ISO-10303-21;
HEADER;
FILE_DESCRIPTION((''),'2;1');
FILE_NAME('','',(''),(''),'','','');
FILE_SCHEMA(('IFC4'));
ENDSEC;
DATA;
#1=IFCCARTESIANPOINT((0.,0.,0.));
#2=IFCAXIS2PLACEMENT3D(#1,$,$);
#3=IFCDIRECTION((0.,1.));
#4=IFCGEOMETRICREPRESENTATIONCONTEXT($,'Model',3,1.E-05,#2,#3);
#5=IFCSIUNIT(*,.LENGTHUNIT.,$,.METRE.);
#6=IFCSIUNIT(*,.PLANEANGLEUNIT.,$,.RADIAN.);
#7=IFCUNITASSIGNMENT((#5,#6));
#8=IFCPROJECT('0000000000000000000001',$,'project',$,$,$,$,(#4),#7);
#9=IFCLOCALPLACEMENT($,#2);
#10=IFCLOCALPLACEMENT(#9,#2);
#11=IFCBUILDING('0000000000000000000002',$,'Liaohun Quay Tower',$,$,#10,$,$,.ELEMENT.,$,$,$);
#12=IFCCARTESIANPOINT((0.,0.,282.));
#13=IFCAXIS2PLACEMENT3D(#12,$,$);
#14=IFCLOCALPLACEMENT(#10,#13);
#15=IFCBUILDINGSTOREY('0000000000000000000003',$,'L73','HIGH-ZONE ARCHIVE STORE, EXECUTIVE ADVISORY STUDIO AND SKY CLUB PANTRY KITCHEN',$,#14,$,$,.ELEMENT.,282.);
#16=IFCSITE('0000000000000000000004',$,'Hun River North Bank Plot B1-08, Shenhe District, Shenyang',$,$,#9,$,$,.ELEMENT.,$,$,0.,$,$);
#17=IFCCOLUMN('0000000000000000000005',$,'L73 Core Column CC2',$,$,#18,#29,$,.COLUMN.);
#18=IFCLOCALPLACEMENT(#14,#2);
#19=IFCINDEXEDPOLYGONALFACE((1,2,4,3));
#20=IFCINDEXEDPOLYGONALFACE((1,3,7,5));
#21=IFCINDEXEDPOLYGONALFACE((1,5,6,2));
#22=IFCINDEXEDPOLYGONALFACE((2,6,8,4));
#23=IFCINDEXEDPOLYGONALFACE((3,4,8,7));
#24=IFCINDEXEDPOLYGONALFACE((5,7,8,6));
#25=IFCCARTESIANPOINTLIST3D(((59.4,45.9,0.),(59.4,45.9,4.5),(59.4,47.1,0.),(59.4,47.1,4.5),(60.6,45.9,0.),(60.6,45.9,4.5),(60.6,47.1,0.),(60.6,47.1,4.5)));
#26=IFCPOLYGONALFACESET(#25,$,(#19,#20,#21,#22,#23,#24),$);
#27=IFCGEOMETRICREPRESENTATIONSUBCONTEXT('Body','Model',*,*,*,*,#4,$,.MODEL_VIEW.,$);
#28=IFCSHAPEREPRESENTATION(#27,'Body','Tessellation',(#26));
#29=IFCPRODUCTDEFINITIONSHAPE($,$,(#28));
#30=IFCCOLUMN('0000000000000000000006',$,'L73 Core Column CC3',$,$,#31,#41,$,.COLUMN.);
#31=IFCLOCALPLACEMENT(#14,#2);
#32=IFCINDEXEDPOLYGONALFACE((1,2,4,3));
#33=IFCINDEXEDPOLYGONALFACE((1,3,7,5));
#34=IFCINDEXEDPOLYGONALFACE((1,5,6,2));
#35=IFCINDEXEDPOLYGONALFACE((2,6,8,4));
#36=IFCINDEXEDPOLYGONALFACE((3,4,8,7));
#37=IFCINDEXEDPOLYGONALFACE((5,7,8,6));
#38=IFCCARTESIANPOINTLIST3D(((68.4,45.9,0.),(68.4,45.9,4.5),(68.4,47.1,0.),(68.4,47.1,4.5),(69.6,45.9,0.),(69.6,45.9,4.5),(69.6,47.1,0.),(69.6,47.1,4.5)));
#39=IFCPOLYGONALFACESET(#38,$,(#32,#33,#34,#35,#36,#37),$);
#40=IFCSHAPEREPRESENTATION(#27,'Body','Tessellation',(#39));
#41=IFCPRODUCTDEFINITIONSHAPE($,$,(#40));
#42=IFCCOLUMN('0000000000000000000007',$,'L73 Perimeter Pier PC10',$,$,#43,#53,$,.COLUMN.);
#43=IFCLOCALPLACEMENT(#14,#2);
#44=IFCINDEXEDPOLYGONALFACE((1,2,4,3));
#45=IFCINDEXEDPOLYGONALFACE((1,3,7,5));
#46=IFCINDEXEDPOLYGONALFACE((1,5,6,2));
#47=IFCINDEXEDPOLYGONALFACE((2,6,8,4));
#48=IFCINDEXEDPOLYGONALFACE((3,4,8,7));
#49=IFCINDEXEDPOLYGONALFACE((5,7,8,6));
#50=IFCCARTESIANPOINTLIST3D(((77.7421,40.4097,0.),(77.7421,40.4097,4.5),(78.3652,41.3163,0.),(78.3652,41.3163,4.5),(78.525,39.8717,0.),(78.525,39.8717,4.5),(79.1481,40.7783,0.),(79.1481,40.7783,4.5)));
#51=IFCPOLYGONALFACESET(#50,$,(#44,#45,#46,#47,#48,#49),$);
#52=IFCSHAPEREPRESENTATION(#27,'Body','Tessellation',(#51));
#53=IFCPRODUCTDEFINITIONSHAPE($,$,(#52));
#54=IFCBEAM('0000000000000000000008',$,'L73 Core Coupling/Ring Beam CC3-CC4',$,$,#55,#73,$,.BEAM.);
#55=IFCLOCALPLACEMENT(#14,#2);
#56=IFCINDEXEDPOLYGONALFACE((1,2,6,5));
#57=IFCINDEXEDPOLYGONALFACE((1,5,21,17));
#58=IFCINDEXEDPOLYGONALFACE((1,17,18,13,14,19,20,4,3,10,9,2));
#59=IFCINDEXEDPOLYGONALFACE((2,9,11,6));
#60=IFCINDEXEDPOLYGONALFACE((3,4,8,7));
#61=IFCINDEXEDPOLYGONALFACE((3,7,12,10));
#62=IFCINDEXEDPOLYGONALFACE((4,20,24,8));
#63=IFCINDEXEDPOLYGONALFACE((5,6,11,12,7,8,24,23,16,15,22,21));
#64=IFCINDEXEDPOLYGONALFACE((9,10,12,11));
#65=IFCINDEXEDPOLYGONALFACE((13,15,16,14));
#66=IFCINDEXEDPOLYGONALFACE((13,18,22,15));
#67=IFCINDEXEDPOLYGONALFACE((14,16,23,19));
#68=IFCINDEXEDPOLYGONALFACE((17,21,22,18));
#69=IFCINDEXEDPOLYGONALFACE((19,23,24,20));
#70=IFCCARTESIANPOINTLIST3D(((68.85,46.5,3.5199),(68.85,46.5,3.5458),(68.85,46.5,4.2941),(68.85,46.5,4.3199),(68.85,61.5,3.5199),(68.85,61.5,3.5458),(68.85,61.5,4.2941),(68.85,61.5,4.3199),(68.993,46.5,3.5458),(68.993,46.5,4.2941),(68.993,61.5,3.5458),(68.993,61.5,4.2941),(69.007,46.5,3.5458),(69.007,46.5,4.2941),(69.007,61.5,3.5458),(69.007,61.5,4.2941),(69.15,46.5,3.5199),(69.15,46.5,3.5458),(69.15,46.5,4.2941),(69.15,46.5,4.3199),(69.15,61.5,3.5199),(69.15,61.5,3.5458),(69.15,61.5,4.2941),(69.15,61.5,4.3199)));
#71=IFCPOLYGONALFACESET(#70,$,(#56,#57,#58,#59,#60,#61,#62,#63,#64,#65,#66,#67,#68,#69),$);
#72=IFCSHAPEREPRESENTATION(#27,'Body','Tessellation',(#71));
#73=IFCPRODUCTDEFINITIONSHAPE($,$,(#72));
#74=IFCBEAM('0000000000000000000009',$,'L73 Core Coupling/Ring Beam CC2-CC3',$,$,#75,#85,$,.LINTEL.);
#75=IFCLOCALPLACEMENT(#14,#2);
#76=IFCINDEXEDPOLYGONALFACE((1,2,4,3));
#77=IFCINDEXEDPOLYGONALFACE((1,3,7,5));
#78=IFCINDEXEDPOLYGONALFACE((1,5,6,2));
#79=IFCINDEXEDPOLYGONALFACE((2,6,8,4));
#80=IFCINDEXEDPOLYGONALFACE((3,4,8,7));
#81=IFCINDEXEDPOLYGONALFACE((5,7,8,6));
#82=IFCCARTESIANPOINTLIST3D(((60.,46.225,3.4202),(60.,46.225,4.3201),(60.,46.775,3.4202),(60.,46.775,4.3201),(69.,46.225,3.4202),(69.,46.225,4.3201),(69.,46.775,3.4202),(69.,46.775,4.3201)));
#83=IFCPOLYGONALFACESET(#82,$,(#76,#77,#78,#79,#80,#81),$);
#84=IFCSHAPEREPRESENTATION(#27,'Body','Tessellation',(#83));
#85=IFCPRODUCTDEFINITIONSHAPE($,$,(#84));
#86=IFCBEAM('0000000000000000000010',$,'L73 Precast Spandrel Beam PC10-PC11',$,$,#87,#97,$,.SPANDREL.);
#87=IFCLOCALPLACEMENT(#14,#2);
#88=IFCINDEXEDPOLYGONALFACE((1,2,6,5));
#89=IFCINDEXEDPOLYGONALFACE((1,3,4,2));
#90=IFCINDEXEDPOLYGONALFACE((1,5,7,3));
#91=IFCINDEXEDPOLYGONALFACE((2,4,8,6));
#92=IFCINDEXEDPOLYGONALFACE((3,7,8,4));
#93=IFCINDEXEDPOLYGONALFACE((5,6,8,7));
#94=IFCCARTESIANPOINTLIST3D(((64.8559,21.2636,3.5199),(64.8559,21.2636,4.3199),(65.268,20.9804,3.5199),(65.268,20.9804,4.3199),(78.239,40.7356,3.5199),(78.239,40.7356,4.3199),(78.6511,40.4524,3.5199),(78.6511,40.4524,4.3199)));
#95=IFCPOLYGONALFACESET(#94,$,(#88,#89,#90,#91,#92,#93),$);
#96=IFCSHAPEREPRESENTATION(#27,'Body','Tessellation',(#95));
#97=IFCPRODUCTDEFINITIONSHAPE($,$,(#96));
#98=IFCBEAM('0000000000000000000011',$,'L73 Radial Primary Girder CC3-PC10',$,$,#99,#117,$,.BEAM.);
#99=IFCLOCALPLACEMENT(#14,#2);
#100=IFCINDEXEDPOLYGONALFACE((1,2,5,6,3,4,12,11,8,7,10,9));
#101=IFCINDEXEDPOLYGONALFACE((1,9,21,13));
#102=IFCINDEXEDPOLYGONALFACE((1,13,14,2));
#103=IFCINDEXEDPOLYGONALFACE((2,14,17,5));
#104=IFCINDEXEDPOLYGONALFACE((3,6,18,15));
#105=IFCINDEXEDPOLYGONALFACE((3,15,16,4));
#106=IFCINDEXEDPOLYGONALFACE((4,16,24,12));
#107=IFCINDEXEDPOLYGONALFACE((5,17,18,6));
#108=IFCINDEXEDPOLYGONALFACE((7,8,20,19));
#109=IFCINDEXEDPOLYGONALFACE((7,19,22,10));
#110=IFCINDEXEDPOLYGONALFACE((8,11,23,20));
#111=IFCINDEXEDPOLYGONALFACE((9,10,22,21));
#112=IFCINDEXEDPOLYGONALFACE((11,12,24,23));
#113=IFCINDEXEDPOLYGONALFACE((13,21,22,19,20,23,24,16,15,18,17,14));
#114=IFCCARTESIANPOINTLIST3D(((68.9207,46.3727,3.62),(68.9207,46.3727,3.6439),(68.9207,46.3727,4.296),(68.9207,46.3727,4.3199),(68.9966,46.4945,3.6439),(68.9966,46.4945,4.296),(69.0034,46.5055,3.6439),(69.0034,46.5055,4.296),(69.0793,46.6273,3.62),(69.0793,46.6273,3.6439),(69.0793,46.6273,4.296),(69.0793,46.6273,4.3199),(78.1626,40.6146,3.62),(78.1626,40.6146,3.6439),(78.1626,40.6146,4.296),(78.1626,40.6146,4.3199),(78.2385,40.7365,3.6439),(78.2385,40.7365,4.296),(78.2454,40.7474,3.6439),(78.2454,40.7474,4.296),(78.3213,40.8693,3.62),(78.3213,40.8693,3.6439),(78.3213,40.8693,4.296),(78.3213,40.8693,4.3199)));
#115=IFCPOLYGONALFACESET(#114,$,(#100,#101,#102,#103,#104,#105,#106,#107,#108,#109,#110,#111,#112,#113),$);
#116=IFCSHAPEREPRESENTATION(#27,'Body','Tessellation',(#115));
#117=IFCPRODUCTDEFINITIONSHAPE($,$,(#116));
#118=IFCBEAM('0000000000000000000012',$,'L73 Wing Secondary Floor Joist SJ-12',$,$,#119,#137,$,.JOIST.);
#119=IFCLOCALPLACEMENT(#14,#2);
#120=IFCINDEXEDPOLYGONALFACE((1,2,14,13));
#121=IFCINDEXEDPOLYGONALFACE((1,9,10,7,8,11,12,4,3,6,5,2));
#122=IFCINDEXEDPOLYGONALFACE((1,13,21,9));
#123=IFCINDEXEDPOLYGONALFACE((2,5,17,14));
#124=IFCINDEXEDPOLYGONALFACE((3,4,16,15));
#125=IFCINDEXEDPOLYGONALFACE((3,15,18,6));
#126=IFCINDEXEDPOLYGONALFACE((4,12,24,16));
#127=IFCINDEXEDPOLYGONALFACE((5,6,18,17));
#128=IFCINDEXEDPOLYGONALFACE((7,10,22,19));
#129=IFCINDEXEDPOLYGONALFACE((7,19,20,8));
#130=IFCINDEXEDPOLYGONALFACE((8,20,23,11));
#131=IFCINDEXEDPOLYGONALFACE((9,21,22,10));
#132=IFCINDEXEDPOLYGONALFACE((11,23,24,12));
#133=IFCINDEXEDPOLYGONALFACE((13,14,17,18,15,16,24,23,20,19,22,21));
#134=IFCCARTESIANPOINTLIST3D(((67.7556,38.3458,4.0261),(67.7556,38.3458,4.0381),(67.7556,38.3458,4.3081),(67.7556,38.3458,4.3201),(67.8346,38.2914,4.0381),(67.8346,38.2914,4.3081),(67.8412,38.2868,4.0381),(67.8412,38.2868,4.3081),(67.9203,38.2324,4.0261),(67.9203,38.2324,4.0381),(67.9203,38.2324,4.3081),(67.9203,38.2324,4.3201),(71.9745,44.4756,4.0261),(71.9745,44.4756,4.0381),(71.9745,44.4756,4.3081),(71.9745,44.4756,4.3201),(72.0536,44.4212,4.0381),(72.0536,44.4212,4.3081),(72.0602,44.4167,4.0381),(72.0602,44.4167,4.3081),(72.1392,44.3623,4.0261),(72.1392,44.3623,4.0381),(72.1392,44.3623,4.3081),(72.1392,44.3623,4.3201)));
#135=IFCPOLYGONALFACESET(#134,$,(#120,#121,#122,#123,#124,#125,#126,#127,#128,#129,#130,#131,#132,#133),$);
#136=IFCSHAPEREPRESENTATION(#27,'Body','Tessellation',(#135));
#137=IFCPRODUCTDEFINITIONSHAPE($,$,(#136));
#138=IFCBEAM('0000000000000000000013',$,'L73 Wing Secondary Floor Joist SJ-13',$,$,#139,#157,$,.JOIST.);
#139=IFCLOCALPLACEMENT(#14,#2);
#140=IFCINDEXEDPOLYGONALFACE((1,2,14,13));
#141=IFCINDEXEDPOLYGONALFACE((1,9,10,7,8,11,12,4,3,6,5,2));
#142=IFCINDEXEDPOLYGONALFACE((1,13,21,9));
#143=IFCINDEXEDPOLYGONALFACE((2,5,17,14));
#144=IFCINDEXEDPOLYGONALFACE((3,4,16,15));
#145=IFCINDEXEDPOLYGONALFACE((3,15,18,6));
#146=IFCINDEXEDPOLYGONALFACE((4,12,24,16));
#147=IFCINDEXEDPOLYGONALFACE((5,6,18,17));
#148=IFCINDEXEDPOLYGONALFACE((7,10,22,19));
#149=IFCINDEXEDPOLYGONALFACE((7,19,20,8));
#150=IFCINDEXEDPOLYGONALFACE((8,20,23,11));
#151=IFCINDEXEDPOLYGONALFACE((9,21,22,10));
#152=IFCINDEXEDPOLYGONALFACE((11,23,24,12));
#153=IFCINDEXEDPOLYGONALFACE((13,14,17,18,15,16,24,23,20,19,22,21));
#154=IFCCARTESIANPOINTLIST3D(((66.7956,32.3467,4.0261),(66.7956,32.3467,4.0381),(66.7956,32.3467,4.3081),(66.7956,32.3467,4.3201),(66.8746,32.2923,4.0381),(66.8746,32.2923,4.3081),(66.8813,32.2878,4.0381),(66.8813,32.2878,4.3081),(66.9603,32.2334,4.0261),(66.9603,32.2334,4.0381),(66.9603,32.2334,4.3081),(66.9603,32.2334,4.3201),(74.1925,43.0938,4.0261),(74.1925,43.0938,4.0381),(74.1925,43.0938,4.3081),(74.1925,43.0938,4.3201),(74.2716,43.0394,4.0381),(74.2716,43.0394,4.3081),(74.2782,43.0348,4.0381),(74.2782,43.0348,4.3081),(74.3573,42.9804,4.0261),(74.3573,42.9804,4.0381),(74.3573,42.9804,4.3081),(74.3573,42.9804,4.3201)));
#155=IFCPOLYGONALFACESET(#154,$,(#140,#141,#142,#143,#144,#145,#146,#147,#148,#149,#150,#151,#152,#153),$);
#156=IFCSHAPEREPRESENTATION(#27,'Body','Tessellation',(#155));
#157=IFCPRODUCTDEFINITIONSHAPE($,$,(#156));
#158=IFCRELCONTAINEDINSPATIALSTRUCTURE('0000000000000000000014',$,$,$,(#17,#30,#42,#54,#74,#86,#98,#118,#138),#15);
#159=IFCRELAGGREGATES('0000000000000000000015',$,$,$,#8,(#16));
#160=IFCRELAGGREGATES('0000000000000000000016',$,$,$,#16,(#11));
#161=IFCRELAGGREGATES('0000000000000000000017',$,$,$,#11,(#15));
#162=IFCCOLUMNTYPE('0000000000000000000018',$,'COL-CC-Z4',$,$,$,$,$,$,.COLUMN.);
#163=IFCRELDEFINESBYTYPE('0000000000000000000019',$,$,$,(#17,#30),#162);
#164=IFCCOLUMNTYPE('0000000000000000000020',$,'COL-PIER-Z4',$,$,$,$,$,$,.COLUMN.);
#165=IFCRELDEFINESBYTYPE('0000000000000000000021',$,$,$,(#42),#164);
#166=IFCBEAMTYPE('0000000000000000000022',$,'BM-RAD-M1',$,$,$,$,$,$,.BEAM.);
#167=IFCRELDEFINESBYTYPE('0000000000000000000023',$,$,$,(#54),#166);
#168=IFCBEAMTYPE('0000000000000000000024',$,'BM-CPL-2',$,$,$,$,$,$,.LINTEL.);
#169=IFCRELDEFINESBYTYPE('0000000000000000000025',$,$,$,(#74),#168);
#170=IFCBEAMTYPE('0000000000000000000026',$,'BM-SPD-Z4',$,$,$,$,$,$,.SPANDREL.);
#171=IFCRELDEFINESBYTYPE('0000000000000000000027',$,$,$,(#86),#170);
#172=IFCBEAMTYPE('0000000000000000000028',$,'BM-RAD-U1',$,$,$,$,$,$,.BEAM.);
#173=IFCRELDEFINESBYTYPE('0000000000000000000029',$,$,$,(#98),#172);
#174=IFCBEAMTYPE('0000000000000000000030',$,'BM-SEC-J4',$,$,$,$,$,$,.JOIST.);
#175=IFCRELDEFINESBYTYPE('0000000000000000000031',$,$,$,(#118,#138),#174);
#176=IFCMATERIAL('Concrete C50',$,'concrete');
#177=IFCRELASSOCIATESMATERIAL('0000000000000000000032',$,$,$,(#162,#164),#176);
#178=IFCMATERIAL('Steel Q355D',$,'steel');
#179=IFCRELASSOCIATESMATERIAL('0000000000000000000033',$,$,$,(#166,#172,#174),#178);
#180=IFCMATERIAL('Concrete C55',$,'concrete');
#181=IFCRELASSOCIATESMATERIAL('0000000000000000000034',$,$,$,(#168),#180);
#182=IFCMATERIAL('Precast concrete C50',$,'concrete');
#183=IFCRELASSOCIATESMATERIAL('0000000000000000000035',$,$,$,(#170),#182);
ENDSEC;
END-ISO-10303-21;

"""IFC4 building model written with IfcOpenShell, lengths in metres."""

from ifc_helpers import new_model, si_unit, direction, frame, origin, origin_2d, place, context, subcontext, project, spatial, rectangle, i_section, extrude, source, transform, mapped, material, material_profile, profile_set, type_object, element, save


model = new_model("IFC4")

# Units and contexts
model_context = context("Model", 3, precision=1e-05, world=origin(), true_north=direction((0.0, 1.0)))
body_context = subcontext(model_context, "Body", "Model", "MODEL_VIEW")
ifc_project = project(units=[si_unit("LENGTHUNIT", "METRE"), si_unit("PLANEANGLEUNIT", "RADIAN")], contexts=[model_context])

# Site, building, storey
site_placement = place(None, origin())
site = spatial("IfcSite", under=ifc_project, at=site_placement, Name="Hun River North Bank Plot B1-08, Shenhe District, Shenyang", CompositionType="ELEMENT", RefElevation=0.0)
building_placement = place(site_placement, origin())
building = spatial("IfcBuilding", under=site, at=building_placement, Name="Liaohun Quay Tower", CompositionType="ELEMENT")
storey_placement = place(building_placement, frame((0.0, 0.0, 282.0)))
storey = spatial("IfcBuildingStorey", under=building, at=storey_placement, Name="L73", Description="HIGH-ZONE ARCHIVE STORE, EXECUTIVE ADVISORY STUDIO AND SKY CLUB PANTRY KITCHEN", CompositionType="ELEMENT", Elevation=282.0)

# Columns
ifc_material_1 = material(Name="Concrete C50", Category="concrete")
ifc_material_profile_1 = material_profile(ifc_material_1, rectangle(XDim=1.2, YDim=1.2, at=origin_2d()), Name="RC1200x1200")
ifc_profile_set_1 = profile_set([ifc_material_profile_1], Name="Concrete C50")
column_type_1 = type_object("IfcColumnType", Name="COL-CC-Z4", PredefinedType="COLUMN", material=ifc_profile_set_1)
shared_shape_1 = source(origin(), body_context, "Body", "SweptSolid", [
    extrude(rectangle(XDim=1.2, YDim=1.2, at=origin_2d()), origin(), (0.0, 0.0, 1.0), 4.5),
])
for number, where, z_axis, x_axis, name in (
    (1, (60.0, 46.5, 0.0), (0.0, 0.0, 1.0), (1.0, 0.0, 0.0), "L73 Core Column CC2"),
    (2, (69.0, 46.5, 0.0), (0.0, 0.0, 1.0), (1.0, 0.0, 0.0), "L73 Core Column CC3"),
):
    element("IfcColumn", number, at=place(storey_placement, frame(where, z_axis=z_axis, x_axis=x_axis)), inside=storey, type_object=column_type_1, Name=name, PredefinedType="COLUMN", context=body_context, shape_type="MappedRepresentation", body=[
        mapped(shared_shape_1, transform((0.0, 0.0, 0.0), x_axis=(1.0, 0.0, 0.0), y_axis=(0.0, 1.0, 0.0), z_axis=(0.0, 0.0, 1.0), scale=1.0)),
    ])
ifc_material_profile_2 = material_profile(ifc_material_1, rectangle(XDim=1.1001, YDim=0.95, at=origin_2d()), Name="RC1100x950")
ifc_profile_set_2 = profile_set([ifc_material_profile_2], Name="Concrete C50")
column_type_2 = type_object("IfcColumnType", Name="COL-PIER-Z4", PredefinedType="COLUMN", material=ifc_profile_set_2)
shared_shape_2 = source(origin(), body_context, "Body", "SweptSolid", [
    extrude(rectangle(XDim=1.1001, YDim=0.95, at=origin_2d()), origin(), (0.0, 0.0, 1.0), 4.5),
])
column_placement = place(storey_placement, frame((78.4451, 40.594, 0.0), z_axis=(0.0, 0.0, 1.0), x_axis=(0.566406, 0.824126, 0.0)))
element("IfcColumn", 3, at=column_placement, inside=storey, type_object=column_type_2, Name="L73 Perimeter Pier PC10", PredefinedType="COLUMN", context=body_context, shape_type="MappedRepresentation", body=[
    mapped(shared_shape_2, transform((0.0, 0.0, 0.0), x_axis=(1.0, 0.0, 0.0), y_axis=(0.0, 1.0, 0.0), z_axis=(0.0, 0.0, 1.0), scale=1.0)),
])

# Beams
ifc_material_2 = material(Name="Steel Q355D", Category="steel")
ifc_material_profile_3 = material_profile(ifc_material_2, i_section(OverallWidth=0.3, OverallDepth=0.8, WebThickness=0.0139, FlangeThickness=0.0259, at=origin_2d()), Name="HN800x300x14x26")
ifc_profile_set_3 = profile_set([ifc_material_profile_3], Name="Steel Q355D")
beam_type_1 = type_object("IfcBeamType", Name="BM-RAD-M1", PredefinedType="BEAM", material=ifc_profile_set_3)
shared_shape_3 = source(origin(), body_context, "Body", "SweptSolid", [
    extrude(i_section(OverallWidth=0.3, OverallDepth=0.8, WebThickness=0.0139, FlangeThickness=0.0259, at=origin_2d()), origin(), (0.0, 0.0, 1.0), 15.0),
])
beam_1_placement = place(storey_placement, frame((69.0, 46.5, 3.9199), z_axis=(0.0, 1.0, 0.0), x_axis=(-1.0, 0.0, 0.0)))
element("IfcBeam", 4, at=beam_1_placement, inside=storey, type_object=beam_type_1, Name="L73 Core Coupling/Ring Beam CC3-CC4", PredefinedType="BEAM", context=body_context, shape_type="MappedRepresentation", body=[
    mapped(shared_shape_3, transform((0.0, 0.0, 0.0), x_axis=(1.0, 0.0, 0.0), y_axis=(0.0, 1.0, 0.0), z_axis=(0.0, 0.0, 1.0), scale=1.0)),
])
ifc_material_3 = material(Name="Concrete C55", Category="concrete")
ifc_material_profile_4 = material_profile(ifc_material_3, rectangle(XDim=0.55, YDim=0.8999, at=origin_2d()), Name="RC550x900")
ifc_profile_set_4 = profile_set([ifc_material_profile_4], Name="Concrete C55")
beam_type_2 = type_object("IfcBeamType", Name="BM-CPL-2", PredefinedType="LINTEL", material=ifc_profile_set_4)
shared_shape_4 = source(origin(), body_context, "Body", "SweptSolid", [
    extrude(rectangle(XDim=0.55, YDim=0.8999, at=origin_2d()), origin(), (0.0, 0.0, 1.0), 9.0),
])
beam_2_placement = place(storey_placement, frame((60.0, 46.5, 3.8701), z_axis=(1.0, 0.0, 0.0), x_axis=(0.0, 1.0, 0.0)))
element("IfcBeam", 5, at=beam_2_placement, inside=storey, type_object=beam_type_2, Name="L73 Core Coupling/Ring Beam CC2-CC3", PredefinedType="LINTEL", context=body_context, shape_type="MappedRepresentation", body=[
    mapped(shared_shape_4, transform((0.0, 0.0, 0.0), x_axis=(1.0, 0.0, 0.0), y_axis=(0.0, 1.0, 0.0), z_axis=(0.0, 0.0, 1.0), scale=1.0)),
])
ifc_material_4 = material(Name="Precast concrete C50", Category="concrete")
ifc_material_profile_5 = material_profile(ifc_material_4, rectangle(XDim=0.5, YDim=0.8, at=origin_2d()), Name="RC500x800")
ifc_profile_set_5 = profile_set([ifc_material_profile_5], Name="Precast concrete C50")
beam_type_3 = type_object("IfcBeamType", Name="BM-SPD-Z4", PredefinedType="SPANDREL", material=ifc_profile_set_5)
shared_shape_5 = source(origin(), body_context, "Body", "SweptSolid", [
    extrude(rectangle(XDim=0.5, YDim=0.8, at=origin_2d()), origin(), (0.0, 0.0, 1.0), 23.6277),
])
beam_3_placement = place(storey_placement, frame((78.4451, 40.594, 3.9199), z_axis=(-0.566417, -0.824119, 0.0), x_axis=(0.824119, -0.566417, 0.0)))
element("IfcBeam", 6, at=beam_3_placement, inside=storey, type_object=beam_type_3, Name="L73 Precast Spandrel Beam PC10-PC11", PredefinedType="SPANDREL", context=body_context, shape_type="MappedRepresentation", body=[
    mapped(shared_shape_5, transform((0.0, 0.0, 0.0), x_axis=(1.0, 0.0, 0.0), y_axis=(0.0, 1.0, 0.0), z_axis=(0.0, 0.0, 1.0), scale=1.0)),
])
ifc_material_profile_6 = material_profile(ifc_material_2, i_section(OverallWidth=0.3, OverallDepth=0.7, WebThickness=0.0129, FlangeThickness=0.0239, at=origin_2d()), Name="HN700x300x13x24")
ifc_profile_set_6 = profile_set([ifc_material_profile_6], Name="Steel Q355D")
beam_type_4 = type_object("IfcBeamType", Name="BM-RAD-U1", PredefinedType="BEAM", material=ifc_profile_set_6)
shared_shape_6 = source(origin(), body_context, "Body", "SweptSolid", [
    extrude(i_section(OverallWidth=0.3, OverallDepth=0.7, WebThickness=0.0129, FlangeThickness=0.0239, at=origin_2d()), origin(), (0.0, 0.0, 1.0), 10.8889),
])
beam_4_placement = place(storey_placement, frame((69.0, 46.5, 3.97), z_axis=(0.848747, -0.528799, 0.0), x_axis=(0.528799, 0.848747, 0.0)))
element("IfcBeam", 7, at=beam_4_placement, inside=storey, type_object=beam_type_4, Name="L73 Radial Primary Girder CC3-PC10", PredefinedType="BEAM", context=body_context, shape_type="MappedRepresentation", body=[
    mapped(shared_shape_6, transform((0.0, 0.0, 0.0), x_axis=(1.0, 0.0, 0.0), y_axis=(0.0, 1.0, 0.0), z_axis=(0.0, 0.0, 1.0), scale=1.0)),
])
ifc_material_profile_7 = material_profile(ifc_material_2, i_section(OverallWidth=0.2, OverallDepth=0.2939, WebThickness=0.0081, FlangeThickness=0.012, at=origin_2d()), Name="HM294x200x8x12")
ifc_profile_set_7 = profile_set([ifc_material_profile_7], Name="Steel Q355D")
beam_type_5 = type_object("IfcBeamType", Name="BM-SEC-J4", PredefinedType="JOIST", material=ifc_profile_set_7)
shared_shape_7 = source(origin(), body_context, "Body", "SweptSolid", [
    extrude(i_section(OverallWidth=0.2, OverallDepth=0.2939, WebThickness=0.0081, FlangeThickness=0.012, at=origin_2d()), origin(), (0.0, 0.0, 1.0), 7.4414),
])
beam_5_placement = place(storey_placement, frame((72.0569, 44.4189, 4.1731), z_axis=(-0.566958, -0.823747, 0.0), x_axis=(0.823747, -0.566958, 0.0)))
element("IfcBeam", 8, at=beam_5_placement, inside=storey, type_object=beam_type_5, Name="L73 Wing Secondary Floor Joist SJ-12", PredefinedType="JOIST", context=body_context, shape_type="MappedRepresentation", body=[
    mapped(shared_shape_7, transform((0.0, 0.0, 0.0), x_axis=(1.0, 0.0, 0.0), y_axis=(0.0, 1.0, 0.0), z_axis=(0.0, 0.0, 1.0), scale=1.0)),
])
shared_shape_8 = source(origin(), body_context, "Body", "SweptSolid", [
    extrude(i_section(OverallWidth=0.2, OverallDepth=0.2939, WebThickness=0.0081, FlangeThickness=0.012, at=origin_2d()), origin(), (0.0, 0.0, 1.0), 13.0466),
])
beam_6_placement = place(storey_placement, frame((74.2749, 43.0371, 4.1731), z_axis=(-0.566964, -0.823743, 0.0), x_axis=(0.823743, -0.566964, 0.0)))
element("IfcBeam", 9, at=beam_6_placement, inside=storey, type_object=beam_type_5, Name="L73 Wing Secondary Floor Joist SJ-13", PredefinedType="JOIST", context=body_context, shape_type="MappedRepresentation", body=[
    mapped(shared_shape_8, transform((0.0, 0.0, 0.0), x_axis=(1.0, 0.0, 0.0), y_axis=(0.0, 1.0, 0.0), z_axis=(0.0, 0.0, 1.0), scale=1.0)),
])

save(model, "model.ifc")
